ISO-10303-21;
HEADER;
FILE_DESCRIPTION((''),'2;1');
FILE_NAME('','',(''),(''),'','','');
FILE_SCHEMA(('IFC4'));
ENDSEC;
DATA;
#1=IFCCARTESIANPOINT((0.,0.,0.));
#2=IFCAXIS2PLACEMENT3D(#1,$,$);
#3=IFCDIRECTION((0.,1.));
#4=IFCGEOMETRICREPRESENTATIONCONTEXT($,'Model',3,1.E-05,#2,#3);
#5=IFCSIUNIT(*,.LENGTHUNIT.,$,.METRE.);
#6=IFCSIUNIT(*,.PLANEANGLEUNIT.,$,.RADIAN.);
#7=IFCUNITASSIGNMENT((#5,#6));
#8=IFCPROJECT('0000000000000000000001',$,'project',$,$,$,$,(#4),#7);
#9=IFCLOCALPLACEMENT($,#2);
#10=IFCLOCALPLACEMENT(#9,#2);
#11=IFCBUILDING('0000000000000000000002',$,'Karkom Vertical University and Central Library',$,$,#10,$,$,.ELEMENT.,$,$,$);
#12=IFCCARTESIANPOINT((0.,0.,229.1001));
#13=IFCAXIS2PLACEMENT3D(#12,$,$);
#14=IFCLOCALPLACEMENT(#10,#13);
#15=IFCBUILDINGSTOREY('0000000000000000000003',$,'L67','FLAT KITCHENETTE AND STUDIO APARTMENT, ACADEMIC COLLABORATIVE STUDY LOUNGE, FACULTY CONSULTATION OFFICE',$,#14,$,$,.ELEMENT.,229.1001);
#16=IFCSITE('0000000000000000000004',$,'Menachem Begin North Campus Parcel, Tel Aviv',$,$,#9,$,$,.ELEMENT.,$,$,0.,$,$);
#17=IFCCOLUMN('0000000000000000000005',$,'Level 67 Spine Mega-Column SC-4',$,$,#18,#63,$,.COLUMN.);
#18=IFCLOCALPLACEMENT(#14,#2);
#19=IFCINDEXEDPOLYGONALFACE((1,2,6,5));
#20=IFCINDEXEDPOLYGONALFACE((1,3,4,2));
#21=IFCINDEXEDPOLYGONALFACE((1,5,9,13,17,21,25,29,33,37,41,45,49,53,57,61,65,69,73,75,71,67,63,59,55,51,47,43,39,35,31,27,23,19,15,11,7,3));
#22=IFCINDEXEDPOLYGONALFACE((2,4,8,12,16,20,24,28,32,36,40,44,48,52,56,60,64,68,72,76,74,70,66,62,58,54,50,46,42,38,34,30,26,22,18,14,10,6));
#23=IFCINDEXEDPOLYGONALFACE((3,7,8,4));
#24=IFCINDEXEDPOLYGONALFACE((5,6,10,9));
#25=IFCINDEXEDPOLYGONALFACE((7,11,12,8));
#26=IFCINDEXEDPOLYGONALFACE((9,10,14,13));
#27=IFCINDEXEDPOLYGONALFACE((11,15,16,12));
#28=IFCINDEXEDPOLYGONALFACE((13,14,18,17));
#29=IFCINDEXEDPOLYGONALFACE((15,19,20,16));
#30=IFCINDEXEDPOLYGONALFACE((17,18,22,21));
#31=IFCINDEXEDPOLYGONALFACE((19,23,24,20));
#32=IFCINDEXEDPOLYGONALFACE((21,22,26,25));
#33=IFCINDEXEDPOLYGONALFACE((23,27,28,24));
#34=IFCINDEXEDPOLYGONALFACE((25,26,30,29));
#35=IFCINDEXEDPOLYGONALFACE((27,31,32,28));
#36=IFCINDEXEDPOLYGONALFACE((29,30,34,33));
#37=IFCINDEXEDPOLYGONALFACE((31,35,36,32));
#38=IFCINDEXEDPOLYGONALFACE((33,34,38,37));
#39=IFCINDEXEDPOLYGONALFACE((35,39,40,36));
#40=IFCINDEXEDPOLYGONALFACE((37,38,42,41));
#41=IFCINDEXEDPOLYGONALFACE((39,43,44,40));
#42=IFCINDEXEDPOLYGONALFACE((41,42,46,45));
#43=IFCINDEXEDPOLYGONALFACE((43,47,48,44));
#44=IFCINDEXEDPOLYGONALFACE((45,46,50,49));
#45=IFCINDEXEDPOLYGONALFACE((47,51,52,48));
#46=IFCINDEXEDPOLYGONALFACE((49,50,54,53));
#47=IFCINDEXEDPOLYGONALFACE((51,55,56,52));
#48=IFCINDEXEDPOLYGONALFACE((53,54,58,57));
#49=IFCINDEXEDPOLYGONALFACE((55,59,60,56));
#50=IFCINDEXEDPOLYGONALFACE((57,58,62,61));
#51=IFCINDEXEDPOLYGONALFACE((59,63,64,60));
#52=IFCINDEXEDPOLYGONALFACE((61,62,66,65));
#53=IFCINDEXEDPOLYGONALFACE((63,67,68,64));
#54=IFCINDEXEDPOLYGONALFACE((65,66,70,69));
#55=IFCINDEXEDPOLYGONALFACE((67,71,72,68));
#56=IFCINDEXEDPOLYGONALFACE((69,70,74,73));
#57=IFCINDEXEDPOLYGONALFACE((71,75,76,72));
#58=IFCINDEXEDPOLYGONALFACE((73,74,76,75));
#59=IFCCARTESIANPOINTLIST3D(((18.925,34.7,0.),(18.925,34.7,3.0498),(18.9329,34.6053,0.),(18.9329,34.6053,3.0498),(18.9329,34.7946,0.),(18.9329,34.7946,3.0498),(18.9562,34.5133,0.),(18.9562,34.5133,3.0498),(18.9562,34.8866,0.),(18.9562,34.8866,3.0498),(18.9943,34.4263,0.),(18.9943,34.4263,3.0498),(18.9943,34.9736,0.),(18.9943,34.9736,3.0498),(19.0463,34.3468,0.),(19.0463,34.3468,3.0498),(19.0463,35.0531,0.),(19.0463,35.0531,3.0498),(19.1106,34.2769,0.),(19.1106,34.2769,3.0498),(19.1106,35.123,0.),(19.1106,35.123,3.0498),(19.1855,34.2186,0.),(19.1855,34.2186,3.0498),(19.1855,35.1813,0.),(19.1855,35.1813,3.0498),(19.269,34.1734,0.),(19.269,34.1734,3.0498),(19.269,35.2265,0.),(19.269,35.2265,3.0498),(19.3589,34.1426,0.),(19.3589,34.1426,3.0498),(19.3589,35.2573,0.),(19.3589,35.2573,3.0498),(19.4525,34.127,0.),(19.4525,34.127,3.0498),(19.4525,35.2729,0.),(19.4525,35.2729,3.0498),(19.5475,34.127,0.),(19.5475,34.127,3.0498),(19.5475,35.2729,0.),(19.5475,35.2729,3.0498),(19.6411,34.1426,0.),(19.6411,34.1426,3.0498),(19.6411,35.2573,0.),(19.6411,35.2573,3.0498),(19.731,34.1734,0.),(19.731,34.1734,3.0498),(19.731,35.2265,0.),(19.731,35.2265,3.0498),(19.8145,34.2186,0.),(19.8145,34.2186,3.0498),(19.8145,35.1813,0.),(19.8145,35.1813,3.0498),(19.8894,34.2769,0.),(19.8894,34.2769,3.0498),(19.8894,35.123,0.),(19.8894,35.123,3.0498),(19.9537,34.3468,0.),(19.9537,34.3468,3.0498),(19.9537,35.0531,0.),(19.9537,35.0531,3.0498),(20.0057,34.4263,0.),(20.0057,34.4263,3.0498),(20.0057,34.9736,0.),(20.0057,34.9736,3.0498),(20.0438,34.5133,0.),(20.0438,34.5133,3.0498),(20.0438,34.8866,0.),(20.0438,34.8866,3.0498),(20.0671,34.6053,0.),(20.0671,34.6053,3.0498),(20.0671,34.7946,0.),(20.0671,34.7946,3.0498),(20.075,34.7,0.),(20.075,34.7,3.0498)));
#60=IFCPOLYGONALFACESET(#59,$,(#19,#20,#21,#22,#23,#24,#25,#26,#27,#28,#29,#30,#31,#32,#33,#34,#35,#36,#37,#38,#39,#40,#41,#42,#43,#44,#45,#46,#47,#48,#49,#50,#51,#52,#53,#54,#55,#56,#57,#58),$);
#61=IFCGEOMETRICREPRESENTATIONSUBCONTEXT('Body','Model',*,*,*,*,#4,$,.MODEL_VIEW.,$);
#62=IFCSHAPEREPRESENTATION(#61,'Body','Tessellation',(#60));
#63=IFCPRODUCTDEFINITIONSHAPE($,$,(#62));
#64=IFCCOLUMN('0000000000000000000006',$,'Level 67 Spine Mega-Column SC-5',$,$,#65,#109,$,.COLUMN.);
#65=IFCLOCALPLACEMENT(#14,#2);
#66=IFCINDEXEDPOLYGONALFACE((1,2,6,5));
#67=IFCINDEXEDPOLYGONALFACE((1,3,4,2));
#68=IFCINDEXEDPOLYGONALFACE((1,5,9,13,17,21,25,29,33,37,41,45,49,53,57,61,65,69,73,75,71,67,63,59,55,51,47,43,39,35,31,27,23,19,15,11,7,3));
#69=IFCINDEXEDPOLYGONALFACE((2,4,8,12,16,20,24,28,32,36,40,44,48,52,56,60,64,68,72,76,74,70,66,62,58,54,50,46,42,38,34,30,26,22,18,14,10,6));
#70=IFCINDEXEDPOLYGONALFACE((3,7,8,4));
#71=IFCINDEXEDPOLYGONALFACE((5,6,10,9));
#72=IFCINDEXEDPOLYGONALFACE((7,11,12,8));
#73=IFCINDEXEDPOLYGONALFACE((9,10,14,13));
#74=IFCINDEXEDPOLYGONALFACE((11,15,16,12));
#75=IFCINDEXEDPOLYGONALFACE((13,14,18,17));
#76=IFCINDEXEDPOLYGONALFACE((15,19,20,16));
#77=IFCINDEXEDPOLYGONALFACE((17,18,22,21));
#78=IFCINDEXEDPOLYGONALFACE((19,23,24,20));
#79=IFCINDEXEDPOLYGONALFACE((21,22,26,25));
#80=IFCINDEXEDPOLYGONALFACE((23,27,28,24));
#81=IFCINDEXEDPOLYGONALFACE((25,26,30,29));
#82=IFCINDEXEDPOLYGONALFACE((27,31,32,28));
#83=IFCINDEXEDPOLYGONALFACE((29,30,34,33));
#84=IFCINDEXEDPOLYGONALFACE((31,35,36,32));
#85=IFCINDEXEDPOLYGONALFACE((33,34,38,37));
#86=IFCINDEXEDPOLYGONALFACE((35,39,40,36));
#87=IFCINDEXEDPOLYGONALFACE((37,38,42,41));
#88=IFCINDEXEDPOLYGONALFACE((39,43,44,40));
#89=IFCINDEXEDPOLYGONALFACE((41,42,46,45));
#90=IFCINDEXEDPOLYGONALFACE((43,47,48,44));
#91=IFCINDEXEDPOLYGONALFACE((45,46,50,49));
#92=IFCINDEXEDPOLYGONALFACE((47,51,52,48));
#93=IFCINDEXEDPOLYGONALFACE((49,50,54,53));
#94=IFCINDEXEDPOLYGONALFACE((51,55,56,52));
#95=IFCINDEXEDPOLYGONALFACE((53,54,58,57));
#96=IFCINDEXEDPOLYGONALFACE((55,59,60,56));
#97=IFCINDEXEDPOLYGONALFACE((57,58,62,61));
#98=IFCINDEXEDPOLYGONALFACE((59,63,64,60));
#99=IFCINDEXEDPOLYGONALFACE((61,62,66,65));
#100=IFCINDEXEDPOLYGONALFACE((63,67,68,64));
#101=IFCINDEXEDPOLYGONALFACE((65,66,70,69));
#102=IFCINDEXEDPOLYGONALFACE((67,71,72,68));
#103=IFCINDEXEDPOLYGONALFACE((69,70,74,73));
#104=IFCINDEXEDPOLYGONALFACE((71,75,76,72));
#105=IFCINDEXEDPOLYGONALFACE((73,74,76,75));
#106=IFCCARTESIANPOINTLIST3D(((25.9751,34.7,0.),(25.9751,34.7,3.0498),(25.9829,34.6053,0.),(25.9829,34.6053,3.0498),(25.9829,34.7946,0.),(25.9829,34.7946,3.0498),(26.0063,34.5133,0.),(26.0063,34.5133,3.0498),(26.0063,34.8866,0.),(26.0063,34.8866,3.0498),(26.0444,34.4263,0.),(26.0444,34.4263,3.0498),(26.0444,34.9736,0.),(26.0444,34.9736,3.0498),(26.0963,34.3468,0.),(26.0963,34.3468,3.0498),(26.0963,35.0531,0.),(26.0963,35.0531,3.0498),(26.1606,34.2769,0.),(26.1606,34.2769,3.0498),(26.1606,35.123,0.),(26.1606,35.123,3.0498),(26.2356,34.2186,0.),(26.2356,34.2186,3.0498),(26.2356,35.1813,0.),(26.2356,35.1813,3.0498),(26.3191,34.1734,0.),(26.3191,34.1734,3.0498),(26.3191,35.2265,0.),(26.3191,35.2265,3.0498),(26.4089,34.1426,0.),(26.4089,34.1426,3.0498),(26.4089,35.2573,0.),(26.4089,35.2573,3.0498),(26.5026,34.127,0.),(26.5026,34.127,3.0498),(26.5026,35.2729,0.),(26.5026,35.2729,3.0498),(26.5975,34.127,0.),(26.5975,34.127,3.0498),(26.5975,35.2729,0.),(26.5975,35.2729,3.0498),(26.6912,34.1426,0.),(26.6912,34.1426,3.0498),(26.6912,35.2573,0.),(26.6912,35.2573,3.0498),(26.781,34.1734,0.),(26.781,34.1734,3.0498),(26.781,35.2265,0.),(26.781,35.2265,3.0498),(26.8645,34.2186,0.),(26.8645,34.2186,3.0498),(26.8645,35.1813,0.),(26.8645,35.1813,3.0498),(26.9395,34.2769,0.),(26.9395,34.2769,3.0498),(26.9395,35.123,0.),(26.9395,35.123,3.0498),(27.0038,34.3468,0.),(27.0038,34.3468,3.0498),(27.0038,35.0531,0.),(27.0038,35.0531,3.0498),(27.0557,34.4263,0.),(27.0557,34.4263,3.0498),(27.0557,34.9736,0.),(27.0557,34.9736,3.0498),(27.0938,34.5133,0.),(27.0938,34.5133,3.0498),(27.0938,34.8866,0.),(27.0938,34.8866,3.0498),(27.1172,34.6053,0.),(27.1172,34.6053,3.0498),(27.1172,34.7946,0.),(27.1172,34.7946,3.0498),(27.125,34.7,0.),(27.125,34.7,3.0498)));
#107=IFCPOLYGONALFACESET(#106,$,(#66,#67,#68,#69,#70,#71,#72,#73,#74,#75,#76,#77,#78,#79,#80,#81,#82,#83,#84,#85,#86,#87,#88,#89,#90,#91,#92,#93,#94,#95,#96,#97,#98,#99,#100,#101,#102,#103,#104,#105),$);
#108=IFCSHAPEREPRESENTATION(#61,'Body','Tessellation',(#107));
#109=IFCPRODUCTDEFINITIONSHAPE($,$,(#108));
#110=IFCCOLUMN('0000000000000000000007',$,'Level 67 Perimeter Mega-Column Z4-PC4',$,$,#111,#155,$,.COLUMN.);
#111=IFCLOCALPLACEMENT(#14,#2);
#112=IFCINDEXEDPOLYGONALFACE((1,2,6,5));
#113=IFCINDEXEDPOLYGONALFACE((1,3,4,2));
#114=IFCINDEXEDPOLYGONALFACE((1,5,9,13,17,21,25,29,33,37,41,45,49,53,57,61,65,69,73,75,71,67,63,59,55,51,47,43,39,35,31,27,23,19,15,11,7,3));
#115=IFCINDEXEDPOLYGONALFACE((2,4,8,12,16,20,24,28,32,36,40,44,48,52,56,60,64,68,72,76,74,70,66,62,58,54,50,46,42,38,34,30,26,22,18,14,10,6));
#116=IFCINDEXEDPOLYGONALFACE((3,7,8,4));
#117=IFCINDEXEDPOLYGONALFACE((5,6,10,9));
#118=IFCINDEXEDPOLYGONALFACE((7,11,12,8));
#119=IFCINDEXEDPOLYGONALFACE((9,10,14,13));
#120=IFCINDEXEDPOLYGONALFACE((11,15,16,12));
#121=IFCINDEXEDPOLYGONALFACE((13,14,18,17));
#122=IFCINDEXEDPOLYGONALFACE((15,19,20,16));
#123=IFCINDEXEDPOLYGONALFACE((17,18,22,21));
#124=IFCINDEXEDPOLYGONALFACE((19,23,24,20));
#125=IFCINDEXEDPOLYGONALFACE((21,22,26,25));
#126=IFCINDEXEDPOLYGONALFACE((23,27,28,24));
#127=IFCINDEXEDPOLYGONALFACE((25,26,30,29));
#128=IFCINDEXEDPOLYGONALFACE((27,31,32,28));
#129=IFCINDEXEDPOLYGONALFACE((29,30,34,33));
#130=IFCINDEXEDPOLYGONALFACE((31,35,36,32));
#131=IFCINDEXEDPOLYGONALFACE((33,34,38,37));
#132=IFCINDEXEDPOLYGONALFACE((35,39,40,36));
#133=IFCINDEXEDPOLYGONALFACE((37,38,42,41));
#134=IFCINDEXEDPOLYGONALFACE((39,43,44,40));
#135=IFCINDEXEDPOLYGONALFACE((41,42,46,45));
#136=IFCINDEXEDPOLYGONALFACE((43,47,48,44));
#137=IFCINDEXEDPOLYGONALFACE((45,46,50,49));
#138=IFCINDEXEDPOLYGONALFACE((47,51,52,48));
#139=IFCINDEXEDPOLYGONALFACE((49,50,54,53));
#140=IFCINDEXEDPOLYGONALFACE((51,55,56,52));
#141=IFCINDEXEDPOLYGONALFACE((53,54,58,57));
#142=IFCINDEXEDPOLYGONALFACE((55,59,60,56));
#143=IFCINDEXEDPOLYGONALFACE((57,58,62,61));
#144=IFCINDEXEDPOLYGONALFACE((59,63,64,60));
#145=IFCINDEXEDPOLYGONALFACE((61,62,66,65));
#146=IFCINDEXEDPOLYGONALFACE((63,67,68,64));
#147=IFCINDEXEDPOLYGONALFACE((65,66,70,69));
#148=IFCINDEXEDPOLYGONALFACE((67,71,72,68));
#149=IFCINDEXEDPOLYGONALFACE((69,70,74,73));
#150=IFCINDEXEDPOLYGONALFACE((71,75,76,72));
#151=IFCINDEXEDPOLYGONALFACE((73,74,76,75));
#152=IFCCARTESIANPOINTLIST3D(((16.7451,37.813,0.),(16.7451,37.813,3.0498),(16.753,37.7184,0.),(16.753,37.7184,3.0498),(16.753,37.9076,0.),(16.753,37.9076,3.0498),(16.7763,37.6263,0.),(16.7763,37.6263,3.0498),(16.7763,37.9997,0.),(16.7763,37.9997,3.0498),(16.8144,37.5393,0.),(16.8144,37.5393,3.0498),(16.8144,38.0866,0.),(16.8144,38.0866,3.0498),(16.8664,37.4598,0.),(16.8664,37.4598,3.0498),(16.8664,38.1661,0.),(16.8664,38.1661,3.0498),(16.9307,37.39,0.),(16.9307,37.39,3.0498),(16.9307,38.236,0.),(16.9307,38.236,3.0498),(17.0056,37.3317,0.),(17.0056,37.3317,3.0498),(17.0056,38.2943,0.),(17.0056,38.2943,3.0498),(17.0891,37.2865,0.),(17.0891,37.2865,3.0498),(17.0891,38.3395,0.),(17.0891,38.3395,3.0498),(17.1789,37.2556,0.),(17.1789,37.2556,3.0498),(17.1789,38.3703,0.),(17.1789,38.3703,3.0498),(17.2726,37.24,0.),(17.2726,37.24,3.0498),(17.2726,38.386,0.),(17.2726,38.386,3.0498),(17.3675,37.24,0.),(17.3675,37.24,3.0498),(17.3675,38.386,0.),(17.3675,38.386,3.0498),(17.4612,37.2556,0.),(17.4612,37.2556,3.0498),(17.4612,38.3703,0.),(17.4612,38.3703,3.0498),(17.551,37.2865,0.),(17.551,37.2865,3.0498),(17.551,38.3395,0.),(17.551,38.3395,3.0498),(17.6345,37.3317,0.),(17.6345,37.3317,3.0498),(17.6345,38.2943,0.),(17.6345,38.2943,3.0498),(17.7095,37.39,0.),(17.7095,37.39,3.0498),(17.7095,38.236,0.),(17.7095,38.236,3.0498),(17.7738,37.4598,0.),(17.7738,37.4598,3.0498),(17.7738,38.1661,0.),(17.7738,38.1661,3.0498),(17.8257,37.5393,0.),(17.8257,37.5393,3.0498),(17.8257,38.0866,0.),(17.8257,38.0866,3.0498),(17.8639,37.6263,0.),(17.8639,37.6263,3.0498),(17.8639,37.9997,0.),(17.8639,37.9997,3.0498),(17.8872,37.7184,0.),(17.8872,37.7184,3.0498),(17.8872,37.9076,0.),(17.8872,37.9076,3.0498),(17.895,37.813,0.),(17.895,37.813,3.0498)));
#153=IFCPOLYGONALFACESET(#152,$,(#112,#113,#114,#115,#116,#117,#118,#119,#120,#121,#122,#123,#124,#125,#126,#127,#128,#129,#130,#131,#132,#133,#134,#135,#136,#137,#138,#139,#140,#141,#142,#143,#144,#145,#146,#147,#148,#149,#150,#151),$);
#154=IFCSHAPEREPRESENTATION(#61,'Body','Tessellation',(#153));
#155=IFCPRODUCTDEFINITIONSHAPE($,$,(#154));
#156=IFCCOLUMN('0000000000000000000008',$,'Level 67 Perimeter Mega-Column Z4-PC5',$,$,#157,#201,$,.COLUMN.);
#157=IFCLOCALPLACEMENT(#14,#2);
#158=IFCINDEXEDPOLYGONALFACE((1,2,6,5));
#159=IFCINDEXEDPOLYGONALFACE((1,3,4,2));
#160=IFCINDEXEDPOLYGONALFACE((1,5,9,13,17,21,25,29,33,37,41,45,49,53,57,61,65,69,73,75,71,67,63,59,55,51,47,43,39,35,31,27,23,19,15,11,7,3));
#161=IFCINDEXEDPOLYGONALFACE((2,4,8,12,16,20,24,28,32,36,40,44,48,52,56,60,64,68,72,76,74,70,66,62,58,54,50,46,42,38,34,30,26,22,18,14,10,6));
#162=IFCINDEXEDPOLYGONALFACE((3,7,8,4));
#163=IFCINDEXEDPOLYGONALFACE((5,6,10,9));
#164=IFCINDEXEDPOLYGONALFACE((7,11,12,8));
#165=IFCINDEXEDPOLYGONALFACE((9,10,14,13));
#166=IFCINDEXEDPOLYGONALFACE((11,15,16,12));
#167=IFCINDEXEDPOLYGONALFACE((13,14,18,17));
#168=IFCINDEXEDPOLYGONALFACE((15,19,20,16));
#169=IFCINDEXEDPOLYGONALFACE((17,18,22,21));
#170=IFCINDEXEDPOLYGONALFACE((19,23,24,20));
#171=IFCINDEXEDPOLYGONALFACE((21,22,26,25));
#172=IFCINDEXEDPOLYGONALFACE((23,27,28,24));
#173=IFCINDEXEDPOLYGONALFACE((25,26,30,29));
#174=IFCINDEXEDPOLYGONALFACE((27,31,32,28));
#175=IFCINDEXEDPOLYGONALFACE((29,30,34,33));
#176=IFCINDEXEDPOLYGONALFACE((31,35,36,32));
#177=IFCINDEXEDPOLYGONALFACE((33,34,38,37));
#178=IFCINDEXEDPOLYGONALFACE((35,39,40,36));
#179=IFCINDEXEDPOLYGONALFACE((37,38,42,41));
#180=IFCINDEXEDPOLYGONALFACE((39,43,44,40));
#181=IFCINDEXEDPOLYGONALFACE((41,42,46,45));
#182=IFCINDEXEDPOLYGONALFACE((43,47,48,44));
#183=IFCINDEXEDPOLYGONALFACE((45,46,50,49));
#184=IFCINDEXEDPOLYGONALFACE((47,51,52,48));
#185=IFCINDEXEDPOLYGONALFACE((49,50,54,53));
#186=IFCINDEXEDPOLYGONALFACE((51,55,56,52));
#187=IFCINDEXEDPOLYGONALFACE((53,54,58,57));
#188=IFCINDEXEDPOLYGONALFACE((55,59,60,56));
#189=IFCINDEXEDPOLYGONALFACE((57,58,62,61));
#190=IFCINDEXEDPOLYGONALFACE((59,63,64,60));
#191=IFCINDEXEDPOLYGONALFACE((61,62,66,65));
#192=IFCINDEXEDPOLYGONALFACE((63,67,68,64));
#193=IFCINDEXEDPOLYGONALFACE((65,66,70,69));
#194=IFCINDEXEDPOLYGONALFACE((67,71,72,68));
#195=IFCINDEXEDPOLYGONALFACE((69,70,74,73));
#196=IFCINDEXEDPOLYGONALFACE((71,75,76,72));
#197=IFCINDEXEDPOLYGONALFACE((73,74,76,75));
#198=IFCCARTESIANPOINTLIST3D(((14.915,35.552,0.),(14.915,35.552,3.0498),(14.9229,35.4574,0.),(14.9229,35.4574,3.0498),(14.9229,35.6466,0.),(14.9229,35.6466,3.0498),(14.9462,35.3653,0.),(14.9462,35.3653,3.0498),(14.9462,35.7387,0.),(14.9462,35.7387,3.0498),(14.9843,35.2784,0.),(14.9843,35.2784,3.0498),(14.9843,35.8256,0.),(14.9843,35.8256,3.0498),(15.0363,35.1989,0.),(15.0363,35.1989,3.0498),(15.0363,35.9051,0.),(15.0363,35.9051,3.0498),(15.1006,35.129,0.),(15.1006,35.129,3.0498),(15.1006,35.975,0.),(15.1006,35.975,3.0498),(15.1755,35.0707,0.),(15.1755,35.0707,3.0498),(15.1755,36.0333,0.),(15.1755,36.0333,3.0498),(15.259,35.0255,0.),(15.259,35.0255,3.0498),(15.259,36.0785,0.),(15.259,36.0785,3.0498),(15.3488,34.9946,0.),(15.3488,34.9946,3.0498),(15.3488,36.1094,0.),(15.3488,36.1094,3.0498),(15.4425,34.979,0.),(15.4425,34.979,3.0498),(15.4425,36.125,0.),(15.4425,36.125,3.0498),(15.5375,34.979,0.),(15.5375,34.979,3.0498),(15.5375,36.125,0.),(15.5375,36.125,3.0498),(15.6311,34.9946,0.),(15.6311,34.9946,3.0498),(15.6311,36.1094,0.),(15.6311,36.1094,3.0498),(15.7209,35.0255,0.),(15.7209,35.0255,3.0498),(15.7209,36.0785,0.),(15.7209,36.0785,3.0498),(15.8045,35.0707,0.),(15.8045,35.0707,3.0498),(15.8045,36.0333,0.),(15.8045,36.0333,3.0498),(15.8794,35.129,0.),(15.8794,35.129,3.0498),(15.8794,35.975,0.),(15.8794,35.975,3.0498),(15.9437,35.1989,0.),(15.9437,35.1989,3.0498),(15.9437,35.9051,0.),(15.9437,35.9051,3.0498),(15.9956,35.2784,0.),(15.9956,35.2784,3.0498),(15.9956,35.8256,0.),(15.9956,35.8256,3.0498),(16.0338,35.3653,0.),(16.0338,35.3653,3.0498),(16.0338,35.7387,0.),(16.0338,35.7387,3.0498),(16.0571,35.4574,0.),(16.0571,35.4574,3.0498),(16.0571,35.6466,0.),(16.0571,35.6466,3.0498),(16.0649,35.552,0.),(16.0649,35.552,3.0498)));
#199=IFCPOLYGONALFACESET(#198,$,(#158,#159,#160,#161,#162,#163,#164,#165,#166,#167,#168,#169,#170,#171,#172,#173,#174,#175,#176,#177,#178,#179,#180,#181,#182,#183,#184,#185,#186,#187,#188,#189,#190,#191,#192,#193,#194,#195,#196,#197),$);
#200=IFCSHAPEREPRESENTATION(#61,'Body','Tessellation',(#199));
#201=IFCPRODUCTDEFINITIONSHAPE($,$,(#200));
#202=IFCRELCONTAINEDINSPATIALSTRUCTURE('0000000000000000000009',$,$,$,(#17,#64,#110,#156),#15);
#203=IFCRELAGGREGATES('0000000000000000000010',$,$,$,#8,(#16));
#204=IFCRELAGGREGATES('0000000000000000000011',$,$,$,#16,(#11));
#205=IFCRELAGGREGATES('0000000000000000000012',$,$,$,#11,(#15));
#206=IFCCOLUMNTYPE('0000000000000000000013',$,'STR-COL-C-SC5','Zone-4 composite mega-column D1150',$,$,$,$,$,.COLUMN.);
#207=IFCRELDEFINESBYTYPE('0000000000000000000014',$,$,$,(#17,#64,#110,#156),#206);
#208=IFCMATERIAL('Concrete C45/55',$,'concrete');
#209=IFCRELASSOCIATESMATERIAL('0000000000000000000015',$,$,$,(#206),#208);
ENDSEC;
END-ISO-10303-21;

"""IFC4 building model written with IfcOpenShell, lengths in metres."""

from ifc_helpers import new_model, si_unit, direction, frame, origin, origin_with_axes, origin_2d, place, context, subcontext, project, spatial, circle, extrude, source, transform, mapped, material, material_profile, profile_set, type_object, element, save


model = new_model("IFC4")

# Units and contexts
model_context = context("Model", 3, precision=1e-05, world=origin(), true_north=direction((0.0, 1.0)))
body_context = subcontext(model_context, "Body", "Model", "MODEL_VIEW")
ifc_project = project(units=[si_unit("LENGTHUNIT", "METRE"), si_unit("PLANEANGLEUNIT", "RADIAN")], contexts=[model_context])

# Site, building, storey
site_placement = place(None, origin())
site = spatial("IfcSite", under=ifc_project, at=site_placement, Name="Menachem Begin North Campus Parcel, Tel Aviv", CompositionType="ELEMENT", RefElevation=0.0)
building_placement = place(site_placement, origin())
building = spatial("IfcBuilding", under=site, at=building_placement, Name="Karkom Vertical University and Central Library", CompositionType="ELEMENT")
storey_placement = place(building_placement, frame((0.0, 0.0, 229.1001)))
storey = spatial("IfcBuildingStorey", under=building, at=storey_placement, Name="L67", Description="FLAT KITCHENETTE AND STUDIO APARTMENT, ACADEMIC COLLABORATIVE STUDY LOUNGE, FACULTY CONSULTATION OFFICE", CompositionType="ELEMENT", Elevation=229.1001)

# Columns
ifc_material_1 = material(Name="Concrete C45/55", Category="concrete")
ifc_material_profile_1 = material_profile(ifc_material_1, circle(Radius=0.575, at=origin_2d()), Name="CFT-D1150")
ifc_profile_set_1 = profile_set([ifc_material_profile_1], Name="Concrete C45/55")
column_type = type_object("IfcColumnType", Name="STR-COL-C-SC5", Description="Zone-4 composite mega-column D1150", PredefinedType="COLUMN", material=ifc_profile_set_1)
shared_shape_1 = source(origin_with_axes(), body_context, "Body", "SweptSolid", [
    extrude(circle(Radius=0.575, at=origin_2d()), origin(), (0.0, 0.0, 1.0), 3.0498),
])
for number, where, z_axis, x_axis, name in (
    (1, (19.5, 34.7, 0.0), (0.0, 0.0, 1.0), (1.0, 0.0, 0.0), "Level 67 Spine Mega-Column SC-4"),
    (2, (26.55, 34.7, 0.0), (0.0, 0.0, 1.0), (1.0, 0.0, 0.0), "Level 67 Spine Mega-Column SC-5"),
    (3, (17.3201, 37.813, 0.0), (0.0, 0.0, 1.0), (1.0, 0.0, 0.0), "Level 67 Perimeter Mega-Column Z4-PC4"),
    (4, (15.49, 35.552, 0.0), (0.0, 0.0, 1.0), (1.0, 0.0, 0.0), "Level 67 Perimeter Mega-Column Z4-PC5"),
):
    element("IfcColumn", number, at=place(storey_placement, frame(where, z_axis=z_axis, x_axis=x_axis)), inside=storey, type_object=column_type, Name=name, PredefinedType="COLUMN", context=body_context, shape_type="MappedRepresentation", body=[
        mapped(shared_shape_1, transform((0.0, 0.0, 0.0), scale=1.0)),
    ])

save(model, "model.ifc")
